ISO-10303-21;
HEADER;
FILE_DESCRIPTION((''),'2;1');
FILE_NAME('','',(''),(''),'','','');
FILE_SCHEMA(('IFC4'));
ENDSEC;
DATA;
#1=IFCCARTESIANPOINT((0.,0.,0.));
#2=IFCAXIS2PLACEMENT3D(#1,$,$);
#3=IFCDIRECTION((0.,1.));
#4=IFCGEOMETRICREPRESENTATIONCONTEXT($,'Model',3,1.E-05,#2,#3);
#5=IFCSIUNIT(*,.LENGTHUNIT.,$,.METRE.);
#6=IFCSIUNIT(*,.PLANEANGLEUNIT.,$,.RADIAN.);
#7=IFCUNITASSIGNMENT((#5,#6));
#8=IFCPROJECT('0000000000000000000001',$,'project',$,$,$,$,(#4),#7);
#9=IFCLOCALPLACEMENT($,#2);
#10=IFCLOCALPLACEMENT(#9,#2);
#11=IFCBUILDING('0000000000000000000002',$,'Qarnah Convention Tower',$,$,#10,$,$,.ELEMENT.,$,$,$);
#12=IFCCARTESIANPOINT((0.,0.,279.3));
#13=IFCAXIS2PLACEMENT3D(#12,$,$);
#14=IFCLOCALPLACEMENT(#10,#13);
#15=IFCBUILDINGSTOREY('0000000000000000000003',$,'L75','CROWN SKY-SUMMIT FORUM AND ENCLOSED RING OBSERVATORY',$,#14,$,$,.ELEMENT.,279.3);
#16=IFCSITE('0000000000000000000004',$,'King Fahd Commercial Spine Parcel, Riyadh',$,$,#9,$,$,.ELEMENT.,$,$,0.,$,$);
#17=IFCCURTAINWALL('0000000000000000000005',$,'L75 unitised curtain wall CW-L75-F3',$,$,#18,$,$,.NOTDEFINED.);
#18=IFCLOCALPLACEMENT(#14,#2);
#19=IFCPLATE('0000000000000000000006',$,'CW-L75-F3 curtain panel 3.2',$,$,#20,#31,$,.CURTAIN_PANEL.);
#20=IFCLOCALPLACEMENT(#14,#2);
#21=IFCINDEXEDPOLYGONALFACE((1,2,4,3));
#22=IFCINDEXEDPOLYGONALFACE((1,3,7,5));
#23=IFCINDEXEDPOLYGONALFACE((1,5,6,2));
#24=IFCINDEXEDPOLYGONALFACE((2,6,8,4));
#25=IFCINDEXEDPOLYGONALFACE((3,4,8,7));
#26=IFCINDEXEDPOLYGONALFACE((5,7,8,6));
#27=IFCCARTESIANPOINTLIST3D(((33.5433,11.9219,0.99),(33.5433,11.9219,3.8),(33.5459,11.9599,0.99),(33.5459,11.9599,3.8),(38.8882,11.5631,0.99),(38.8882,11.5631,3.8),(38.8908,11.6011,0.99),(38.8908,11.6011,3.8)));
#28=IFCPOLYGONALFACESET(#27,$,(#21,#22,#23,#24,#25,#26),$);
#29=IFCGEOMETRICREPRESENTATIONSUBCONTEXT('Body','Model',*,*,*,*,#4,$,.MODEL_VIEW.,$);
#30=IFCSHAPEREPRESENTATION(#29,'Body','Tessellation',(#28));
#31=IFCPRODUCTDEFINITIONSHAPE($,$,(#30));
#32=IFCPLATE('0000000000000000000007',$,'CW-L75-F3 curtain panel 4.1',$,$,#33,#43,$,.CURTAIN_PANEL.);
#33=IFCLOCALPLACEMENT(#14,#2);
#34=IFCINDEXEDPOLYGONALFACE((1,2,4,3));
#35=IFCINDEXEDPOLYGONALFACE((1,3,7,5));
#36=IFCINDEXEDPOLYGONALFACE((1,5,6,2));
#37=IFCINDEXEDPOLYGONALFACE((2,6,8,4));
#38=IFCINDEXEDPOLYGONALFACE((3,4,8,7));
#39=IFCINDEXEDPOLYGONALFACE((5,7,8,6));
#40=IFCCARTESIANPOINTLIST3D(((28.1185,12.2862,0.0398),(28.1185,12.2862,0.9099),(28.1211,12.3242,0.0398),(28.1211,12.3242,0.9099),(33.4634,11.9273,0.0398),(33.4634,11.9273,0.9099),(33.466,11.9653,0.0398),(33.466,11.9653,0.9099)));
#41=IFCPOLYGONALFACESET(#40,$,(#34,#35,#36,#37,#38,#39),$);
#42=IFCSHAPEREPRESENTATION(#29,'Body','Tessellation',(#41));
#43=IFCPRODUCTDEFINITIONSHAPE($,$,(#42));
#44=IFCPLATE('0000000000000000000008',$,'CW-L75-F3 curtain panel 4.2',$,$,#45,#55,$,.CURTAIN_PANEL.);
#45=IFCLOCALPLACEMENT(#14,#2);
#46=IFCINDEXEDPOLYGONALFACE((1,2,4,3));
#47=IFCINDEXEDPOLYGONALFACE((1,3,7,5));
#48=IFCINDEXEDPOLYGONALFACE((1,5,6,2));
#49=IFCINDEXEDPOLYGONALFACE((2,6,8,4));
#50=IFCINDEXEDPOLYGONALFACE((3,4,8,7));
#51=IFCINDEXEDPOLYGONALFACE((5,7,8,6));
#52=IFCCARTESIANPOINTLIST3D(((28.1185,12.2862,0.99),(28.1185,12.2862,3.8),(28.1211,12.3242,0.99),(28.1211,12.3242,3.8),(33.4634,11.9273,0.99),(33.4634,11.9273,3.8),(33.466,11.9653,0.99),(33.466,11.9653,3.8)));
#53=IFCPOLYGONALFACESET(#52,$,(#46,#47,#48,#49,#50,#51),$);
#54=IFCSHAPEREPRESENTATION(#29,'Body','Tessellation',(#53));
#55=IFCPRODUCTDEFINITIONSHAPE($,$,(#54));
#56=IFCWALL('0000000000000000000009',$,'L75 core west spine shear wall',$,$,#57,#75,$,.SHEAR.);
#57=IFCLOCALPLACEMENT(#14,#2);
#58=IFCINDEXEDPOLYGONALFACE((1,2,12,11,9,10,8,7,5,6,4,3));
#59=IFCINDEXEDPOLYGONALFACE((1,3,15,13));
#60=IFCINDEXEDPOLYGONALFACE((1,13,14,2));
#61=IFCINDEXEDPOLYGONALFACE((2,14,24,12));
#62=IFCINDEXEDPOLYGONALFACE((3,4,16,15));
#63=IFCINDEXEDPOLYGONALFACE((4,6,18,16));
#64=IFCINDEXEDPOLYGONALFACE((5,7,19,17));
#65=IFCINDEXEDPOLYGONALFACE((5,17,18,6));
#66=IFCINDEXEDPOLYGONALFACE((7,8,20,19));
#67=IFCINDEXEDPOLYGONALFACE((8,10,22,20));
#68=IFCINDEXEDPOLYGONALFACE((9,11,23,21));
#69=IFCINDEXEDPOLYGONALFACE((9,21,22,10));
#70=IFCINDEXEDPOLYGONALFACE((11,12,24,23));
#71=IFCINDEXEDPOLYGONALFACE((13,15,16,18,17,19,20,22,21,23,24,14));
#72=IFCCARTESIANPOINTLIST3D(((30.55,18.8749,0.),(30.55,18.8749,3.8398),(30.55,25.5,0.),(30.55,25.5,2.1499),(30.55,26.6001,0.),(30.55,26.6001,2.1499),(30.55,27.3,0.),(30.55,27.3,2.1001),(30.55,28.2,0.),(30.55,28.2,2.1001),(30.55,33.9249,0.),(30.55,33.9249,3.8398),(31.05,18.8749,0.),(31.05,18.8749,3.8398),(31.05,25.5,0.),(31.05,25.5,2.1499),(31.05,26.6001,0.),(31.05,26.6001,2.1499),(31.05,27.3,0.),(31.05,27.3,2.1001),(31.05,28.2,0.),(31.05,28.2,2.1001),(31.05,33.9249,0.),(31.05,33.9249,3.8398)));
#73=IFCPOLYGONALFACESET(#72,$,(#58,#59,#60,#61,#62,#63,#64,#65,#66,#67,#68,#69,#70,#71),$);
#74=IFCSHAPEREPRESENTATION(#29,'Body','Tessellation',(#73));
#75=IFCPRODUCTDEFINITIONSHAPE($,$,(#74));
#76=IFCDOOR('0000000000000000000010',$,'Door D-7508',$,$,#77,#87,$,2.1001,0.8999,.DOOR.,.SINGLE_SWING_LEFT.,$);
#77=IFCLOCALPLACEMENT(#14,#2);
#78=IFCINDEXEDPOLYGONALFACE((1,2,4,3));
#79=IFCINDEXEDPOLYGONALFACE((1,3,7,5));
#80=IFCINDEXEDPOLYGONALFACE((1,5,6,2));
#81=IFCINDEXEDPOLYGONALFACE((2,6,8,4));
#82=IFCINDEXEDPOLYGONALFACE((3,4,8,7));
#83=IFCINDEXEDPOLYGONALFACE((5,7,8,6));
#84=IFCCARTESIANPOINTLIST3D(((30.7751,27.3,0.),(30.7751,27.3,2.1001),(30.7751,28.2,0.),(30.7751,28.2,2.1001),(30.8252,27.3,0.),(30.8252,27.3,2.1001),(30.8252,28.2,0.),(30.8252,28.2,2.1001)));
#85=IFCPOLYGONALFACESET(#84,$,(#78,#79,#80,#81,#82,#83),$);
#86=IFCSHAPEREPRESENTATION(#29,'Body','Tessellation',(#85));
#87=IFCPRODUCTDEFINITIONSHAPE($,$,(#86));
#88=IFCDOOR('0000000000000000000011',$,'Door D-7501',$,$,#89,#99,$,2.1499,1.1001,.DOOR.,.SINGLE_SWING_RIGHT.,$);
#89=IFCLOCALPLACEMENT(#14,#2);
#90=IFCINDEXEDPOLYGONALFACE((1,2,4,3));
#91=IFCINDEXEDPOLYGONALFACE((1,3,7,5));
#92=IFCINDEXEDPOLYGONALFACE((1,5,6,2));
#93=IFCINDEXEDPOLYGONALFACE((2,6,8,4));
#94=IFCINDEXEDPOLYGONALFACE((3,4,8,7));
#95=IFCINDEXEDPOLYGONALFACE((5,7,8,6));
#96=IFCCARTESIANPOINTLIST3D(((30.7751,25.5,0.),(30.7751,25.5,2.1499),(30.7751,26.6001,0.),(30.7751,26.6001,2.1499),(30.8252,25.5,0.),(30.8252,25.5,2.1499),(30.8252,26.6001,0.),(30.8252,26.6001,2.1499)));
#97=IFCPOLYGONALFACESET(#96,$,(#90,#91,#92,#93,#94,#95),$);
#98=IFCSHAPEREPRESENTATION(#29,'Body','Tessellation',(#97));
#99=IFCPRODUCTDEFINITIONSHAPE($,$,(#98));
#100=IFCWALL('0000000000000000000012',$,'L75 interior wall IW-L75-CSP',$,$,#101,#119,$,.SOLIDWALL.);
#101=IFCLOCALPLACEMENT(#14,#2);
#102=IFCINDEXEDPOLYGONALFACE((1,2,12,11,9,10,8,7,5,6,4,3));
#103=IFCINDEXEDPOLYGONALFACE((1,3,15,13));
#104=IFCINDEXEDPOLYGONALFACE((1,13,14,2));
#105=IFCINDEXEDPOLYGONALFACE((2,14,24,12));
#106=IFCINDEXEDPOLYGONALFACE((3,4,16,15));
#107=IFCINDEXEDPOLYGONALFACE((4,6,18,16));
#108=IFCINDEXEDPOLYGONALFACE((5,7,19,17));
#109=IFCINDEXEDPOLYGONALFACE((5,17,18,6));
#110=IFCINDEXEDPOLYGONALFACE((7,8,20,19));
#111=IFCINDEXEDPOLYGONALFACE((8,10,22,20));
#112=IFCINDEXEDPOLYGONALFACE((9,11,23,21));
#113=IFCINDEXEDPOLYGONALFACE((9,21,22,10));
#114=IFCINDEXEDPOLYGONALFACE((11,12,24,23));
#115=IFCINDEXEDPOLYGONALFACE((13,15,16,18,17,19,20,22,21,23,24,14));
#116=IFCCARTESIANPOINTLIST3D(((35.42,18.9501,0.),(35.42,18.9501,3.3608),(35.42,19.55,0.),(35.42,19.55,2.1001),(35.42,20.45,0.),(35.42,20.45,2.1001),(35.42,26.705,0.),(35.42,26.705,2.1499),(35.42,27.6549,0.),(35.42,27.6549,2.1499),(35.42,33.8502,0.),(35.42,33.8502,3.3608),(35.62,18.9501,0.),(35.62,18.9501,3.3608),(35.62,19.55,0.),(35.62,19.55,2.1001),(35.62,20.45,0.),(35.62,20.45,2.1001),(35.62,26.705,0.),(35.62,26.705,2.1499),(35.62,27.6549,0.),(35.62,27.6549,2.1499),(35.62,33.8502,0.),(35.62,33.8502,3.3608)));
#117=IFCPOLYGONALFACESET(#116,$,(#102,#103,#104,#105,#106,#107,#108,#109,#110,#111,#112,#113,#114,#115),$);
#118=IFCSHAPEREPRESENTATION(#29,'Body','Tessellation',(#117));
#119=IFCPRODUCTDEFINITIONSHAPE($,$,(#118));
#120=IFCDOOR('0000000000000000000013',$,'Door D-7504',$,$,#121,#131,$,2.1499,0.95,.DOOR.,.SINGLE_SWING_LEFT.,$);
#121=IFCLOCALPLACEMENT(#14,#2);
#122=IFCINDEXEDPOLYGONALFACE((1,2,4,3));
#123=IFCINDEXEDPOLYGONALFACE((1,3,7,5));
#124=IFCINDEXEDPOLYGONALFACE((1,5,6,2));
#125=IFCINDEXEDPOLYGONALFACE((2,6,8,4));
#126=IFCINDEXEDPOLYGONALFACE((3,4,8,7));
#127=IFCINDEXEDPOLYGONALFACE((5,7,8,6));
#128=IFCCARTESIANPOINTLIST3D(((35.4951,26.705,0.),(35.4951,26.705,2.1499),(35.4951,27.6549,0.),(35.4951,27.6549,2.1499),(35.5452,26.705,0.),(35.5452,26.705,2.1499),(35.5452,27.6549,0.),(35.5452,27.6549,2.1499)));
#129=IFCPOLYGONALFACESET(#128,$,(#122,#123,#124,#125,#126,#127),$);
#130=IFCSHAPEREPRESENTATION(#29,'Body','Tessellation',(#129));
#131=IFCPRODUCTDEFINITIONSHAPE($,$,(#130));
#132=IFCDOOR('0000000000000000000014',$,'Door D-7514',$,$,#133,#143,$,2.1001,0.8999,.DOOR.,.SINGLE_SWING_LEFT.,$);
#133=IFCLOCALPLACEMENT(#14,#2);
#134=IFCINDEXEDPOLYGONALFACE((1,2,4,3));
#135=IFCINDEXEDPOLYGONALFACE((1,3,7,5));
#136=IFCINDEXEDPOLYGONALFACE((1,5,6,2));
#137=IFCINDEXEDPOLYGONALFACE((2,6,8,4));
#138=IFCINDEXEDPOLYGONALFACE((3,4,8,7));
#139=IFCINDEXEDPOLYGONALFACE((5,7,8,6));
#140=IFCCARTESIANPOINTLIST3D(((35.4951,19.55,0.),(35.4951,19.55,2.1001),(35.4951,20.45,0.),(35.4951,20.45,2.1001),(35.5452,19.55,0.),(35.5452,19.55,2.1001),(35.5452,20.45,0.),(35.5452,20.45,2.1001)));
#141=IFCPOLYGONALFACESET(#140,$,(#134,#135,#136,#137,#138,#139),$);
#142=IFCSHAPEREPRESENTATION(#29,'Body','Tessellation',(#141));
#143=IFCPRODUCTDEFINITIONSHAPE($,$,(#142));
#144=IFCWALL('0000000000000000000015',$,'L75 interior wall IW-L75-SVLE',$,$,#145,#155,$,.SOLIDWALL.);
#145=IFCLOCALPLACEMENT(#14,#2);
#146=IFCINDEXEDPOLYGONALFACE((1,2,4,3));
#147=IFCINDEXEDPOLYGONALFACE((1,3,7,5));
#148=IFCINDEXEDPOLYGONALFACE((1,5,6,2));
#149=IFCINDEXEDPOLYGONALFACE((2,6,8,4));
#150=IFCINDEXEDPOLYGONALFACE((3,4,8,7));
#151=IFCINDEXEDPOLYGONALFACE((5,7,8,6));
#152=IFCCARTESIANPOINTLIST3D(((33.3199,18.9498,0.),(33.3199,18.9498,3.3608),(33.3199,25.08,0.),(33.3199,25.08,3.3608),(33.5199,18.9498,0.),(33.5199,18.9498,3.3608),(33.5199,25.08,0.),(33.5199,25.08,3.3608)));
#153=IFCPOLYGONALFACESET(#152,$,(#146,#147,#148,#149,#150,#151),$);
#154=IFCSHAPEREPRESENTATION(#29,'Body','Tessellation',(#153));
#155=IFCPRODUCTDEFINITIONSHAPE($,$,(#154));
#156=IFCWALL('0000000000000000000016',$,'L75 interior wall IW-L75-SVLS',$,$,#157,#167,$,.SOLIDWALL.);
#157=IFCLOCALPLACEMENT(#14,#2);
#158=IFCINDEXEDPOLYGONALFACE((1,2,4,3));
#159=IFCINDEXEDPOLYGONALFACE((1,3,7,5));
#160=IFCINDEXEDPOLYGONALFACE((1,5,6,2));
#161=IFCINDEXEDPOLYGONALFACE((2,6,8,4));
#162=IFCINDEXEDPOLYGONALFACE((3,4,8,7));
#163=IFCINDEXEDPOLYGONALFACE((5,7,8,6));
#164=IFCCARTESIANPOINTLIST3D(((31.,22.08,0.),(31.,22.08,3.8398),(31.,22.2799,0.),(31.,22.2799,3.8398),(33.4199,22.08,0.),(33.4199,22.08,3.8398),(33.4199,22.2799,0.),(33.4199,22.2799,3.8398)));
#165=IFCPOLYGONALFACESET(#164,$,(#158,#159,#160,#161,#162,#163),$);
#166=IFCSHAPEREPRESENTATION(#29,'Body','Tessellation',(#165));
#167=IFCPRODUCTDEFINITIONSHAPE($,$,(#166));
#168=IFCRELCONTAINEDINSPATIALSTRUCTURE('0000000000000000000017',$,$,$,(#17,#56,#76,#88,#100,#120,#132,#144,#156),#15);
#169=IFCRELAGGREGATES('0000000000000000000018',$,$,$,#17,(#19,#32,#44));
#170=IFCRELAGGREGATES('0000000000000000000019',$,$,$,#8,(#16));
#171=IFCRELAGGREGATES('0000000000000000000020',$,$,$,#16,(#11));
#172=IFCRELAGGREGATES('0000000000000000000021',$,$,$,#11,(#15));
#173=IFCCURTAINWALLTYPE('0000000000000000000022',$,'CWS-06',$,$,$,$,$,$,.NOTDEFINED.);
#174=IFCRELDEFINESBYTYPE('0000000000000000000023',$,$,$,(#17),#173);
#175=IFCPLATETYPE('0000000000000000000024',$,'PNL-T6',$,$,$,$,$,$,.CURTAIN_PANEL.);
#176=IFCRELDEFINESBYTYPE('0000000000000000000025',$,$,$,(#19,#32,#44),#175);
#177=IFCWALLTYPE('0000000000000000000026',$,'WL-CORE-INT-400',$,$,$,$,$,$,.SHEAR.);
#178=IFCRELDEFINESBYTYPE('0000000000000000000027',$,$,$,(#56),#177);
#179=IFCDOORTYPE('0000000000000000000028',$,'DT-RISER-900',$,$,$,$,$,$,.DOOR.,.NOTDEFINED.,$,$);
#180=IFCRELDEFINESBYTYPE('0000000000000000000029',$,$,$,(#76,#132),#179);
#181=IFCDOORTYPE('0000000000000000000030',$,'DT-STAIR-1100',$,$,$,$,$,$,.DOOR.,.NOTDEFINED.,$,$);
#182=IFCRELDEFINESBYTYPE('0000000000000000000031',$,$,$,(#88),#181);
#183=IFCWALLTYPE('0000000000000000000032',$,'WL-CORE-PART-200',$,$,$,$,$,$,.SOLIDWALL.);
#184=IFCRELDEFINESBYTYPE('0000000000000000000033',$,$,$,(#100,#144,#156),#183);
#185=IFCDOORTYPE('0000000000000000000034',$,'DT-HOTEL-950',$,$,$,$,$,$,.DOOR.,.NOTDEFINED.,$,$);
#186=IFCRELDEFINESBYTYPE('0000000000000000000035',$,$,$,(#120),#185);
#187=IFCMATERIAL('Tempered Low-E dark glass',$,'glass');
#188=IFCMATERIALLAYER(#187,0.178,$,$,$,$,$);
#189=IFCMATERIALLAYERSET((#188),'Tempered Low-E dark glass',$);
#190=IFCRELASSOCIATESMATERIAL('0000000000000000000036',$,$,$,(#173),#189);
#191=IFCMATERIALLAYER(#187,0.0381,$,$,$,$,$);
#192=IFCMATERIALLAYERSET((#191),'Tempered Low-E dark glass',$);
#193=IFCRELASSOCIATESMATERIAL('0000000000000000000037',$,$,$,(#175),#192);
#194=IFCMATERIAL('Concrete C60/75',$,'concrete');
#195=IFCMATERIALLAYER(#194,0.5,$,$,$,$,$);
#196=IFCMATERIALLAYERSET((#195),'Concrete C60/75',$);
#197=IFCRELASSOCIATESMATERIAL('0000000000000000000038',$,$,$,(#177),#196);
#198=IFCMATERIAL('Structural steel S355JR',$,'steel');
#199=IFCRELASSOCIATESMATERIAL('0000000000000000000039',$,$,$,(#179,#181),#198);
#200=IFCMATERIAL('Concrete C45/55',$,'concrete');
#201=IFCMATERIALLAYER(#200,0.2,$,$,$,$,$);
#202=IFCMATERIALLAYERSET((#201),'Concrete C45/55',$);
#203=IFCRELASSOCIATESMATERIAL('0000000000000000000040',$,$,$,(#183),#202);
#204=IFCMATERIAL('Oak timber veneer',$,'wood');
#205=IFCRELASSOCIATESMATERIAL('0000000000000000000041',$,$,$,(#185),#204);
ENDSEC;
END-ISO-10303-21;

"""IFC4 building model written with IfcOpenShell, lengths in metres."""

from ifc_helpers import new_model, si_unit, direction, frame, frame_2d, origin, origin_2d, place, context, subcontext, project, spatial, rectangle, extrude, material, layer, layer_set, type_object, element, fill, aggregate, save


model = new_model("IFC4")

# Units and contexts
model_context = context("Model", 3, precision=1e-05, world=origin(), true_north=direction((0.0, 1.0)))
body_context = subcontext(model_context, "Body", "Model", "MODEL_VIEW")
ifc_project = project(units=[si_unit("LENGTHUNIT", "METRE"), si_unit("PLANEANGLEUNIT", "RADIAN")], contexts=[model_context])

# Site, building, storey
site_placement = place(None, origin())
site = spatial("IfcSite", under=ifc_project, at=site_placement, Name="King Fahd Commercial Spine Parcel, Riyadh", CompositionType="ELEMENT", RefElevation=0.0)
building_placement = place(site_placement, origin())
building = spatial("IfcBuilding", under=site, at=building_placement, Name="Qarnah Convention Tower", CompositionType="ELEMENT")
storey_placement = place(building_placement, frame((0.0, 0.0, 279.3)))
storey = spatial("IfcBuildingStorey", under=building, at=storey_placement, Name="L75", Description="CROWN SKY-SUMMIT FORUM AND ENCLOSED RING OBSERVATORY", CompositionType="ELEMENT", Elevation=279.3)

# Shared definitions
ifc_material_1 = material(Name="Structural steel S355JR", Category="steel")

# Curtain wall, plates
ifc_material_2 = material(Name="Tempered Low-E dark glass", Category="glass")
ifc_layer_1 = layer(ifc_material_2, 0.178)
ifc_layer_set_1 = layer_set([ifc_layer_1], Name="Tempered Low-E dark glass")
curtain_wall_type = type_object("IfcCurtainWallType", Name="CWS-06", PredefinedType="NOTDEFINED", material=ifc_layer_set_1)
curtain_wall_placement = place(storey_placement, origin())
curtain_wall = element("IfcCurtainWall", 1, at=curtain_wall_placement, inside=storey, type_object=curtain_wall_type, Name="L75 unitised curtain wall CW-L75-F3", PredefinedType="NOTDEFINED")
ifc_layer_2 = layer(ifc_material_2, 0.0381)
ifc_layer_set_2 = layer_set([ifc_layer_2], Name="Tempered Low-E dark glass")
plate_type = type_object("IfcPlateType", Name="PNL-T6", PredefinedType="CURTAIN_PANEL", material=ifc_layer_set_2)
plate_1_placement = place(storey_placement, frame((36.217, 11.7615, 0.99), z_axis=(0.0, 0.0, 1.0), x_axis=(-0.997754, 0.066985, 0.0)))
plate_1 = element("IfcPlate", 2, at=plate_1_placement, type_object=plate_type, Name="CW-L75-F3 curtain panel 3.2", PredefinedType="CURTAIN_PANEL", context=body_context, shape_type="SweptSolid", body=[
    extrude(rectangle(XDim=5.3569, YDim=0.0381, at=origin_2d()), origin(), (0.0, 0.0, 1.0), 2.8101),
])
plate_2_placement = place(storey_placement, frame((30.7922, 12.1257, 0.0398), z_axis=(0.0, 0.0, 1.0), x_axis=(-0.997754, 0.066985, 0.0)))
plate_2 = element("IfcPlate", 3, at=plate_2_placement, type_object=plate_type, Name="CW-L75-F3 curtain panel 4.1", PredefinedType="CURTAIN_PANEL", context=body_context, shape_type="SweptSolid", body=[
    extrude(rectangle(XDim=5.3569, YDim=0.0381, at=origin_2d()), origin(), (0.0, 0.0, 1.0), 0.8701),
])
plate_3_placement = place(storey_placement, frame((30.7922, 12.1257, 0.99), z_axis=(0.0, 0.0, 1.0), x_axis=(-0.997754, 0.066985, 0.0)))
plate_3 = element("IfcPlate", 4, at=plate_3_placement, type_object=plate_type, Name="CW-L75-F3 curtain panel 4.2", PredefinedType="CURTAIN_PANEL", context=body_context, shape_type="SweptSolid", body=[
    extrude(rectangle(XDim=5.3569, YDim=0.0381, at=origin_2d()), origin(), (0.0, 0.0, 1.0), 2.8101),
])
aggregate(curtain_wall, [plate_1, plate_2, plate_3])

# Walls, openings, doors
ifc_material_3 = material(Name="Concrete C60/75", Category="concrete")
ifc_layer_3 = layer(ifc_material_3, 0.5)
ifc_layer_set_3 = layer_set([ifc_layer_3], Name="Concrete C60/75")
wall_type_1 = type_object("IfcWallType", Name="WL-CORE-INT-400", PredefinedType="SHEAR", material=ifc_layer_set_3)
wall_1_placement = place(storey_placement, frame((30.8, 18.875, 0.0), z_axis=(0.0, 0.0, 1.0), x_axis=(0.0, 1.0, 0.0)))
wall_1 = element("IfcWall", 5, at=wall_1_placement, inside=storey, type_object=wall_type_1, Name="L75 core west spine shear wall", PredefinedType="SHEAR", context=body_context, shape_type="SweptSolid", body=[
    extrude(rectangle(XDim=15.05, YDim=0.5, at=frame_2d((7.5249, 0.0))), origin(), (0.0, 0.0, 1.0), 3.8398),
])
opening_1_placement = place(wall_1_placement, frame((6.625, 0.0, 0.0)))
opening_1 = element("IfcOpeningElement", 6, at=opening_1_placement, cuts=wall_1, PredefinedType="OPENING", context=body_context, shape_type="SweptSolid", body=[
    extrude(rectangle(XDim=1.1001, YDim=2.1499, at=frame_2d((0.55, 1.075))), frame((0.0, 0.26, 0.0), z_axis=(0.0, -1.0, 0.0), x_axis=(1.0, 0.0, 0.0)), (0.0, 0.0, 1.0), 0.52),
])
opening_2_placement = place(wall_1_placement, frame((8.425, 0.0, 0.0)))
opening_2 = element("IfcOpeningElement", 7, at=opening_2_placement, cuts=wall_1, PredefinedType="OPENING", context=body_context, shape_type="SweptSolid", body=[
    extrude(rectangle(XDim=0.8999, YDim=2.1001, at=frame_2d((0.45, 1.05))), frame((0.0, 0.26, 0.0), z_axis=(0.0, -1.0, 0.0), x_axis=(1.0, 0.0, 0.0)), (0.0, 0.0, 1.0), 0.52),
])
door_type_1 = type_object("IfcDoorType", Name="DT-RISER-900", OperationType="NOTDEFINED", PredefinedType="DOOR", material=ifc_material_1)
door_1_placement = place(opening_2_placement, origin())
door_1 = element("IfcDoor", 8, at=door_1_placement, inside=storey, type_object=door_type_1, Name="Door D-7508", OperationType="SINGLE_SWING_LEFT", OverallHeight=2.1001, OverallWidth=0.8999, PredefinedType="DOOR", context=body_context, shape_type="SweptSolid", body=[
    extrude(rectangle(XDim=0.8999, YDim=2.1001, at=frame_2d((0.45, 1.05))), frame((0.0, 0.0249, 0.0), z_axis=(0.0, -1.0, 0.0), x_axis=(1.0, 0.0, 0.0)), (0.0, 0.0, 1.0), 0.05),
])
fill(opening_2, door_1)
door_type_2 = type_object("IfcDoorType", Name="DT-STAIR-1100", OperationType="NOTDEFINED", PredefinedType="DOOR", material=ifc_material_1)
door_2_placement = place(opening_1_placement, origin())
door_2 = element("IfcDoor", 9, at=door_2_placement, inside=storey, type_object=door_type_2, Name="Door D-7501", OperationType="SINGLE_SWING_RIGHT", OverallHeight=2.1499, OverallWidth=1.1001, PredefinedType="DOOR", context=body_context, shape_type="SweptSolid", body=[
    extrude(rectangle(XDim=1.1001, YDim=2.1499, at=frame_2d((0.55, 1.075))), frame((0.0, 0.0249, 0.0), z_axis=(0.0, -1.0, 0.0), x_axis=(1.0, 0.0, 0.0)), (0.0, 0.0, 1.0), 0.05),
])
fill(opening_1, door_2)
ifc_material_4 = material(Name="Concrete C45/55", Category="concrete")
ifc_layer_4 = layer(ifc_material_4, 0.2)
ifc_layer_set_4 = layer_set([ifc_layer_4], Name="Concrete C45/55")
wall_type_2 = type_object("IfcWallType", Name="WL-CORE-PART-200", PredefinedType="SOLIDWALL", material=ifc_layer_set_4)
wall_2_placement = place(storey_placement, frame((35.52, 18.95, 0.0), z_axis=(0.0, 0.0, 1.0), x_axis=(0.0, 1.0, 0.0)))
wall_2 = element("IfcWall", 10, at=wall_2_placement, inside=storey, type_object=wall_type_2, Name="L75 interior wall IW-L75-CSP", PredefinedType="SOLIDWALL", context=body_context, shape_type="SweptSolid", body=[
    extrude(rectangle(XDim=14.9001, YDim=0.2, at=frame_2d((7.4502, 0.0))), origin(), (0.0, 0.0, 1.0), 3.3608),
])
opening_3_placement = place(wall_2_placement, frame((7.7549, 0.0, 0.0)))
opening_3 = element("IfcOpeningElement", 11, at=opening_3_placement, cuts=wall_2, PredefinedType="OPENING", context=body_context, shape_type="SweptSolid", body=[
    extrude(rectangle(XDim=0.95, YDim=2.1499, at=frame_2d((0.4751, 1.075))), frame((0.0, 0.1099, 0.0), z_axis=(0.0, -1.0, 0.0), x_axis=(1.0, 0.0, 0.0)), (0.0, 0.0, 1.0), 0.22),
])
opening_4_placement = place(wall_2_placement, frame((0.6001, 0.0, 0.0)))
opening_4 = element("IfcOpeningElement", 12, at=opening_4_placement, cuts=wall_2, PredefinedType="OPENING", context=body_context, shape_type="SweptSolid", body=[
    extrude(rectangle(XDim=0.8999, YDim=2.1001, at=frame_2d((0.45, 1.05))), frame((0.0, 0.1099, 0.0), z_axis=(0.0, -1.0, 0.0), x_axis=(1.0, 0.0, 0.0)), (0.0, 0.0, 1.0), 0.22),
])
ifc_material_5 = material(Name="Oak timber veneer", Category="wood")
door_type_3 = type_object("IfcDoorType", Name="DT-HOTEL-950", OperationType="NOTDEFINED", PredefinedType="DOOR", material=ifc_material_5)
door_3_placement = place(opening_3_placement, origin())
door_3 = element("IfcDoor", 13, at=door_3_placement, inside=storey, type_object=door_type_3, Name="Door D-7504", OperationType="SINGLE_SWING_LEFT", OverallHeight=2.1499, OverallWidth=0.95, PredefinedType="DOOR", context=body_context, shape_type="SweptSolid", body=[
    extrude(rectangle(XDim=0.95, YDim=2.1499, at=frame_2d((0.4751, 1.075))), frame((0.0, 0.0249, 0.0), z_axis=(0.0, -1.0, 0.0), x_axis=(1.0, 0.0, 0.0)), (0.0, 0.0, 1.0), 0.05),
])
fill(opening_3, door_3)
door_4_placement = place(opening_4_placement, origin())
door_4 = element("IfcDoor", 14, at=door_4_placement, inside=storey, type_object=door_type_1, Name="Door D-7514", OperationType="SINGLE_SWING_LEFT", OverallHeight=2.1001, OverallWidth=0.8999, PredefinedType="DOOR", context=body_context, shape_type="SweptSolid", body=[
    extrude(rectangle(XDim=0.8999, YDim=2.1001, at=frame_2d((0.45, 1.05))), frame((0.0, 0.0249, 0.0), z_axis=(0.0, -1.0, 0.0), x_axis=(1.0, 0.0, 0.0)), (0.0, 0.0, 1.0), 0.05),
])
fill(opening_4, door_4)

# Walls
wall_3_placement = place(storey_placement, frame((33.4199, 18.95, 0.0), z_axis=(0.0, 0.0, 1.0), x_axis=(0.0, 1.0, 0.0)))
element("IfcWall", 15, at=wall_3_placement, inside=storey, type_object=wall_type_2, Name="L75 interior wall IW-L75-SVLE", PredefinedType="SOLIDWALL", context=body_context, shape_type="SweptSolid", body=[
    extrude(rectangle(XDim=6.1301, YDim=0.2, at=frame_2d((3.0649, 0.0))), origin(), (0.0, 0.0, 1.0), 3.3608),
])
wall_4_placement = place(storey_placement, frame((31.0, 22.1799, 0.0), z_axis=(0.0, 0.0, 1.0), x_axis=(1.0, 0.0, 0.0)))
element("IfcWall", 16, at=wall_4_placement, inside=storey, type_object=wall_type_2, Name="L75 interior wall IW-L75-SVLS", PredefinedType="SOLIDWALL", context=body_context, shape_type="SweptSolid", body=[
    extrude(rectangle(XDim=2.4199, YDim=0.2, at=frame_2d((1.21, 0.0))), origin(), (0.0, 0.0, 1.0), 3.8398),
])

save(model, "model.ifc")
